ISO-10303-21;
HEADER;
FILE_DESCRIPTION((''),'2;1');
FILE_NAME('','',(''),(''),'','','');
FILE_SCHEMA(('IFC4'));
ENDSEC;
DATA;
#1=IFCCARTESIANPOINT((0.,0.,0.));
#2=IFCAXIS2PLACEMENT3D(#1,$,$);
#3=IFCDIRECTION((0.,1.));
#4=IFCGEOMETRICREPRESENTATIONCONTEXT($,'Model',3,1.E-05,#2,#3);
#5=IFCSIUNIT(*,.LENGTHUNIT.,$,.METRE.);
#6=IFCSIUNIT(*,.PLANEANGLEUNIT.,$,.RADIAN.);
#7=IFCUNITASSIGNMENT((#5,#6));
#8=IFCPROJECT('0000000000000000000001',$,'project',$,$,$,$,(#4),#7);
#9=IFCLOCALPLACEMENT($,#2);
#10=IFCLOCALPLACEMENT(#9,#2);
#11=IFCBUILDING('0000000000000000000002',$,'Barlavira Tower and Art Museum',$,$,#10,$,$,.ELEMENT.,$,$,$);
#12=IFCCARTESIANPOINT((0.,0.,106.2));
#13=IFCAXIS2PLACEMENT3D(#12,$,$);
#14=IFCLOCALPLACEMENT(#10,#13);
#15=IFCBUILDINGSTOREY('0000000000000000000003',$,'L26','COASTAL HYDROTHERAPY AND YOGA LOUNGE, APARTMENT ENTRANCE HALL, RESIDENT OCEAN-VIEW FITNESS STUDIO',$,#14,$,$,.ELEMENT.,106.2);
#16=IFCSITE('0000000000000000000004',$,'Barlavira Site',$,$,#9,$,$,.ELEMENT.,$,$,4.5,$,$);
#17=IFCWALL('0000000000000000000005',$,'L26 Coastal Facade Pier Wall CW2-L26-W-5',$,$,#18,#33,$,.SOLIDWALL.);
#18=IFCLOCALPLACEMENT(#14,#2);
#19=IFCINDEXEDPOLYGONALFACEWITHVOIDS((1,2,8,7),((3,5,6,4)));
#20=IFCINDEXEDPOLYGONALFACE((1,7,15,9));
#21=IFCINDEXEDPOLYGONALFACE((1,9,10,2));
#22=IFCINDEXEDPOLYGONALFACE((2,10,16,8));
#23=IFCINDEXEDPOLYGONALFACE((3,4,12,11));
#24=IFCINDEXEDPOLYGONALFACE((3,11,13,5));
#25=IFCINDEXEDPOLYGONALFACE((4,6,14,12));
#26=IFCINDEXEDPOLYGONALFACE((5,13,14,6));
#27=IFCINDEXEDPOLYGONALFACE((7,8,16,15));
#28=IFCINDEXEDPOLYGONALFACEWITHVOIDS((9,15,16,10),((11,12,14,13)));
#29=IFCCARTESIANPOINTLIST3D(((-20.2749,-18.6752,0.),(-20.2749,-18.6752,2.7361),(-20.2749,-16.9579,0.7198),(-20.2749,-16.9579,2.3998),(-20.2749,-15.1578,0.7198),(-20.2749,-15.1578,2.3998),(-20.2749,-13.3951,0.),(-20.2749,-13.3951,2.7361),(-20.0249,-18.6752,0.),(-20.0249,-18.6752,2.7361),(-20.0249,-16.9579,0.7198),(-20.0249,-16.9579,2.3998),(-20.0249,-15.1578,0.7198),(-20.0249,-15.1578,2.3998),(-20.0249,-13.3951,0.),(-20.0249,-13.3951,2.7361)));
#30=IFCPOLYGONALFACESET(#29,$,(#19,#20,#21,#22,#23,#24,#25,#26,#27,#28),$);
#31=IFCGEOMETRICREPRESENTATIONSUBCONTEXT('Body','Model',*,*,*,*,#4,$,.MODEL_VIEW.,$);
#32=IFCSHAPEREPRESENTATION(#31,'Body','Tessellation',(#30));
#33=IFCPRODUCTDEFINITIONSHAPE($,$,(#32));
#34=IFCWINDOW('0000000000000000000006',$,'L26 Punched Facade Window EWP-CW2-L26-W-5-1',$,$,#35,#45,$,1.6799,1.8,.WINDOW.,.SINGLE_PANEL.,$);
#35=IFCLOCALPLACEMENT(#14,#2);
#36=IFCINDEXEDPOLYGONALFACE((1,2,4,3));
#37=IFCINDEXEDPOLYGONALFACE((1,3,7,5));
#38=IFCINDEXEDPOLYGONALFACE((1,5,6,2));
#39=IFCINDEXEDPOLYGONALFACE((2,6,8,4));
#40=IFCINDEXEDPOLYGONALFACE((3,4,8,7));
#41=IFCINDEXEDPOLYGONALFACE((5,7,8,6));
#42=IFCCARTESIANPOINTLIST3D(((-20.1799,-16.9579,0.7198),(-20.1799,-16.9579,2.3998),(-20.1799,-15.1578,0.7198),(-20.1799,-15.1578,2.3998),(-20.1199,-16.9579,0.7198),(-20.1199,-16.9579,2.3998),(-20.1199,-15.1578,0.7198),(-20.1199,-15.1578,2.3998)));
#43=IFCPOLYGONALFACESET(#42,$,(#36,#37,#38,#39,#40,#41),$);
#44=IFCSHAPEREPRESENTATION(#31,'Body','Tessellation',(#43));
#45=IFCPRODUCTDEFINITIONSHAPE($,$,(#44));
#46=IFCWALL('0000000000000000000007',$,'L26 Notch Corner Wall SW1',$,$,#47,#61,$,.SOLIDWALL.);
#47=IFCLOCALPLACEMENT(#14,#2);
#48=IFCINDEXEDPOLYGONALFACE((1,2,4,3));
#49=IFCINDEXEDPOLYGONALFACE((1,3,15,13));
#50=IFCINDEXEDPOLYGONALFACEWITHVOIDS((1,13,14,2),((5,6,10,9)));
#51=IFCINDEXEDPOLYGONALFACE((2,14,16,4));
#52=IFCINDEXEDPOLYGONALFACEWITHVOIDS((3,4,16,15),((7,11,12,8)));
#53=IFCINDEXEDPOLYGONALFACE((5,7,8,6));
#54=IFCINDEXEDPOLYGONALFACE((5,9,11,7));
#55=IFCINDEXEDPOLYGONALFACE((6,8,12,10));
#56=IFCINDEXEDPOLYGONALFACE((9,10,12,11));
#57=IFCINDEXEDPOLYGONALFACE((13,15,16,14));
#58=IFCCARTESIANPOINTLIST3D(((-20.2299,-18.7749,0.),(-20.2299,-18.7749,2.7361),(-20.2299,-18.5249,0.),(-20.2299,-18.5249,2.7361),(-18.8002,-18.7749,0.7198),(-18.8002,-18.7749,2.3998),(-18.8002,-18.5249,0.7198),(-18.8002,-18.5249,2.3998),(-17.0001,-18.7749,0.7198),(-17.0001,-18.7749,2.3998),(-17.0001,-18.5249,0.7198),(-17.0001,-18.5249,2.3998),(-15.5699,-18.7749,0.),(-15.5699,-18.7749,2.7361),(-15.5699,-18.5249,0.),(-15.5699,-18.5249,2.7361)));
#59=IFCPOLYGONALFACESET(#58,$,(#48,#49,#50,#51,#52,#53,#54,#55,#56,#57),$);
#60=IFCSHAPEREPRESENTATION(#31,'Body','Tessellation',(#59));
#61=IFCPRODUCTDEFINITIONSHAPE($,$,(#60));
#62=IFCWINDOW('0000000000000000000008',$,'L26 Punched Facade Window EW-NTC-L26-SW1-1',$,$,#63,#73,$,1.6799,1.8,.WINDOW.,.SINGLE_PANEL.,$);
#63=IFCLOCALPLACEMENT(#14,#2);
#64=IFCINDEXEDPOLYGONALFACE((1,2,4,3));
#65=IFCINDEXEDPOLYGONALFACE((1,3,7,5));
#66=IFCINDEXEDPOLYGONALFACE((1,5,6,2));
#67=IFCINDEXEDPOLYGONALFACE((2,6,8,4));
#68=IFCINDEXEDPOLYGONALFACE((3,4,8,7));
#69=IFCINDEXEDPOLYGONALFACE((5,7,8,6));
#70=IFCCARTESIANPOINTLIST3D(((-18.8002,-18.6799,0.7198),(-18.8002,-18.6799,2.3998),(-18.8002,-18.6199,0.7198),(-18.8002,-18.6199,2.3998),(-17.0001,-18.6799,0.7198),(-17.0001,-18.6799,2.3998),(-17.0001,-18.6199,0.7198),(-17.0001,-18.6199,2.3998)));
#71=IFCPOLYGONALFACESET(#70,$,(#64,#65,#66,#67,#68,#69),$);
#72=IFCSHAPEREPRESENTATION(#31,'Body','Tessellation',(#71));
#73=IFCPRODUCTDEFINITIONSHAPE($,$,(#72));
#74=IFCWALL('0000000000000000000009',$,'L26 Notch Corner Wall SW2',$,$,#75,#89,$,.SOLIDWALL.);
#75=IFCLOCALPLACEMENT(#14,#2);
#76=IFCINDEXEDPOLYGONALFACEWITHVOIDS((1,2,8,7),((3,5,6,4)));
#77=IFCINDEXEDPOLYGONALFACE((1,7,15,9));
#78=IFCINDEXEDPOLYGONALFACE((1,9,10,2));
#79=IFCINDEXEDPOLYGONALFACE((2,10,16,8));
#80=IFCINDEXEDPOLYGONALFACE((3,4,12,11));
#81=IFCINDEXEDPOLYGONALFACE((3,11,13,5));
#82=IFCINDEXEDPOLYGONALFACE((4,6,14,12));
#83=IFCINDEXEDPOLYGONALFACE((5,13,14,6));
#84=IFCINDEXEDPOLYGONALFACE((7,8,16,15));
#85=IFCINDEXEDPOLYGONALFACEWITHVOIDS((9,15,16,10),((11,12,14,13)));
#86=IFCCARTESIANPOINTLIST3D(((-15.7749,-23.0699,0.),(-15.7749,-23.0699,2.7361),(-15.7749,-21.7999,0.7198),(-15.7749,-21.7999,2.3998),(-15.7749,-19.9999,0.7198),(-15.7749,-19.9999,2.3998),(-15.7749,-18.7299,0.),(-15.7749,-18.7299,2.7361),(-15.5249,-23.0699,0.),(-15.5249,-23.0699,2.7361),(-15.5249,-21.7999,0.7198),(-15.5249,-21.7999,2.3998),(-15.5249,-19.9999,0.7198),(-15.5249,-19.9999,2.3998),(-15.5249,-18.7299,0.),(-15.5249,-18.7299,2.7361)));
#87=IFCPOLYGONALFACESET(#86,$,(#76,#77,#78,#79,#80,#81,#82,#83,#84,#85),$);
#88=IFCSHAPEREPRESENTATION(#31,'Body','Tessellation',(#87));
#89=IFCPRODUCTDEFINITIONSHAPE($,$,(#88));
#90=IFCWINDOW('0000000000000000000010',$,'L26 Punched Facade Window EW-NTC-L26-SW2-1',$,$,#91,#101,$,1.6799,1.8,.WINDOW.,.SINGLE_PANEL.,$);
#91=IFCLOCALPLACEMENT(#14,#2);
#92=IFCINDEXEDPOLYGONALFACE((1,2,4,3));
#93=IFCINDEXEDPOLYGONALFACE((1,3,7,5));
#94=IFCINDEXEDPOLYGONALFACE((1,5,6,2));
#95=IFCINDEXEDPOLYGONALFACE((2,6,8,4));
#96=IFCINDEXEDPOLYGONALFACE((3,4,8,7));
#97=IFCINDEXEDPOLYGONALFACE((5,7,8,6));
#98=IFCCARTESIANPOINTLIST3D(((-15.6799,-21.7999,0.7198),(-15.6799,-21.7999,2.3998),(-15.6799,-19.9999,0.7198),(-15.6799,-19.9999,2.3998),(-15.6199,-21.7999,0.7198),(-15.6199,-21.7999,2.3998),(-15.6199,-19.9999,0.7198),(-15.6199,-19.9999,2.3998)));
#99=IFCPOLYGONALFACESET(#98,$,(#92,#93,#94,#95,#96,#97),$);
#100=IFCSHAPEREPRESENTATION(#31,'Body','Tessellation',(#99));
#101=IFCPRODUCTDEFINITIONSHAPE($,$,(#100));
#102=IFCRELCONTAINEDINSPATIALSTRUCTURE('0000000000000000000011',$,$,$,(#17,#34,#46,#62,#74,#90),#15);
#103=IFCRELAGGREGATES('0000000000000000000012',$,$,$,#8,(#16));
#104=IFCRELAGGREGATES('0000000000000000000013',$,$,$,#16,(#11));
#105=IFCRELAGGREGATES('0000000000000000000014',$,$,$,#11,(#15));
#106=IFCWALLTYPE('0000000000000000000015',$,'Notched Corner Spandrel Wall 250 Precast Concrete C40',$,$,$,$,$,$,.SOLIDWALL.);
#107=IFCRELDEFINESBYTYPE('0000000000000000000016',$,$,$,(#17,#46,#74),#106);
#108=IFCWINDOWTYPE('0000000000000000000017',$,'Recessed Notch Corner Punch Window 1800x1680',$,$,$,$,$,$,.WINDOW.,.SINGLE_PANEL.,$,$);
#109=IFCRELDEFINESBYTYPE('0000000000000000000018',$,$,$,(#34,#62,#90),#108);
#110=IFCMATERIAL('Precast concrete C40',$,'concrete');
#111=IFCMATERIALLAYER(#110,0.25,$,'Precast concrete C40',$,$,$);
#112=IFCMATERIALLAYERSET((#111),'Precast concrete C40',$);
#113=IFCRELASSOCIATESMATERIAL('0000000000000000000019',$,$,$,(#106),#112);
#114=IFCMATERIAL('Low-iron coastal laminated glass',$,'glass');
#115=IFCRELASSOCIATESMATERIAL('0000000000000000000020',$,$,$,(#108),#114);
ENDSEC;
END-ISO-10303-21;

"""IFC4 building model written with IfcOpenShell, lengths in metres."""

from ifc_helpers import new_model, si_unit, direction, frame, frame_2d, origin, place, context, subcontext, project, spatial, rectangle, extrude, material, layer, layer_set, type_object, element, fill, save


model = new_model("IFC4")

# Units and contexts
model_context = context("Model", 3, precision=1e-05, world=origin(), true_north=direction((0.0, 1.0)))
body_context = subcontext(model_context, "Body", "Model", "MODEL_VIEW")
ifc_project = project(units=[si_unit("LENGTHUNIT", "METRE"), si_unit("PLANEANGLEUNIT", "RADIAN")], contexts=[model_context])

# Site, building, storey
site_placement = place(None, origin())
site = spatial("IfcSite", under=ifc_project, at=site_placement, Name="Barlavira Site", CompositionType="ELEMENT", RefElevation=4.5)
building_placement = place(site_placement, origin())
building = spatial("IfcBuilding", under=site, at=building_placement, Name="Barlavira Tower and Art Museum", CompositionType="ELEMENT")
storey_placement = place(building_placement, frame((0.0, 0.0, 106.2)))
storey = spatial("IfcBuildingStorey", under=building, at=storey_placement, Name="L26", Description="COASTAL HYDROTHERAPY AND YOGA LOUNGE, APARTMENT ENTRANCE HALL, RESIDENT OCEAN-VIEW FITNESS STUDIO", CompositionType="ELEMENT", Elevation=106.2)

# Walls, openings, windows
ifc_material_1 = material(Name="Precast concrete C40", Category="concrete")
ifc_layer_1 = layer(ifc_material_1, 0.25, Name="Precast concrete C40")
ifc_layer_set_1 = layer_set([ifc_layer_1], Name="Precast concrete C40")
wall_type_1 = type_object("IfcWallType", Name="Notched Corner Spandrel Wall 250 Precast Concrete C40", PredefinedType="SOLIDWALL", material=ifc_layer_set_1)
ifc_material_2 = material(Name="Low-iron coastal laminated glass", Category="glass")
window_type = type_object("IfcWindowType", Name="Recessed Notch Corner Punch Window 1800x1680", PartitioningType="SINGLE_PANEL", PredefinedType="WINDOW", material=ifc_material_2)
wall_1_placement = place(storey_placement, frame((-20.1499, -13.395, 0.0), z_axis=(0.0, 0.0, 1.0), x_axis=(0.0, -1.0, 0.0)))
wall_1 = element("IfcWall", 1, at=wall_1_placement, inside=storey, type_object=wall_type_1, Name="L26 Coastal Facade Pier Wall CW2-L26-W-5", PredefinedType="SOLIDWALL", context=body_context, shape_type="SweptSolid", body=[
    extrude(rectangle(XDim=5.28, YDim=0.25, at=frame_2d((2.6401, 0.0))), origin(), (0.0, 0.0, 1.0), 2.7361),
])
opening_1_placement = place(wall_1_placement, frame((1.7629, 0.0, 0.72)))
opening_1 = element("IfcOpeningElement", 2, at=opening_1_placement, cuts=wall_1, PredefinedType="OPENING", context=body_context, shape_type="SweptSolid", body=[
    extrude(rectangle(XDim=1.8, YDim=1.6799, at=frame_2d((0.8999, 0.8398))), frame((0.0, 0.135, 0.0), z_axis=(0.0, -1.0, 0.0), x_axis=(1.0, 0.0, 0.0)), (0.0, 0.0, 1.0), 0.27),
])
window_1_placement = place(opening_1_placement, origin())
window_1 = element("IfcWindow", 3, at=window_1_placement, inside=storey, type_object=window_type, Name="L26 Punched Facade Window EWP-CW2-L26-W-5-1", OverallHeight=1.6799, OverallWidth=1.8, PartitioningType="SINGLE_PANEL", PredefinedType="WINDOW", context=body_context, shape_type="SweptSolid", body=[
    extrude(rectangle(XDim=1.8, YDim=1.6799, at=frame_2d((0.8999, 0.8398))), frame((0.0, 0.03, 0.0), z_axis=(0.0, -1.0, 0.0), x_axis=(1.0, 0.0, 0.0)), (0.0, 0.0, 1.0), 0.0601),
])
fill(opening_1, window_1)
wall_2_placement = place(storey_placement, frame((-20.23, -18.6499, 0.0), z_axis=(0.0, 0.0, 1.0), x_axis=(1.0, 0.0, 0.0)))
wall_2 = element("IfcWall", 4, at=wall_2_placement, inside=storey, type_object=wall_type_1, Name="L26 Notch Corner Wall SW1", PredefinedType="SOLIDWALL", context=body_context, shape_type="SweptSolid", body=[
    extrude(rectangle(XDim=4.6599, YDim=0.25, at=frame_2d((2.3301, 0.0))), origin(), (0.0, 0.0, 1.0), 2.7361),
])
opening_2_placement = place(wall_2_placement, frame((1.4299, 0.0, 0.72)))
opening_2 = element("IfcOpeningElement", 5, at=opening_2_placement, cuts=wall_2, PredefinedType="OPENING", context=body_context, shape_type="SweptSolid", body=[
    extrude(rectangle(XDim=1.8, YDim=1.6799, at=frame_2d((0.8999, 0.8398))), frame((0.0, 0.135, 0.0), z_axis=(0.0, -1.0, 0.0), x_axis=(1.0, 0.0, 0.0)), (0.0, 0.0, 1.0), 0.27),
])
window_2_placement = place(opening_2_placement, origin())
window_2 = element("IfcWindow", 6, at=window_2_placement, inside=storey, type_object=window_type, Name="L26 Punched Facade Window EW-NTC-L26-SW1-1", OverallHeight=1.6799, OverallWidth=1.8, PartitioningType="SINGLE_PANEL", PredefinedType="WINDOW", context=body_context, shape_type="SweptSolid", body=[
    extrude(rectangle(XDim=1.8, YDim=1.6799, at=frame_2d((0.8999, 0.8398))), frame((0.0, 0.03, 0.0), z_axis=(0.0, -1.0, 0.0), x_axis=(1.0, 0.0, 0.0)), (0.0, 0.0, 1.0), 0.0601),
])
fill(opening_2, window_2)
wall_3_placement = place(storey_placement, frame((-15.6499, -18.73, 0.0), z_axis=(0.0, 0.0, 1.0), x_axis=(0.0, -1.0, 0.0)))
wall_3 = element("IfcWall", 7, at=wall_3_placement, inside=storey, type_object=wall_type_1, Name="L26 Notch Corner Wall SW2", PredefinedType="SOLIDWALL", context=body_context, shape_type="SweptSolid", body=[
    extrude(rectangle(XDim=4.3401, YDim=0.25, at=frame_2d((2.1699, 0.0))), origin(), (0.0, 0.0, 1.0), 2.7361),
])
opening_3_placement = place(wall_3_placement, frame((1.27, 0.0, 0.72)))
opening_3 = element("IfcOpeningElement", 8, at=opening_3_placement, cuts=wall_3, PredefinedType="OPENING", context=body_context, shape_type="SweptSolid", body=[
    extrude(rectangle(XDim=1.8, YDim=1.6799, at=frame_2d((0.8999, 0.8398))), frame((0.0, 0.135, 0.0), z_axis=(0.0, -1.0, 0.0), x_axis=(1.0, 0.0, 0.0)), (0.0, 0.0, 1.0), 0.27),
])
window_3_placement = place(opening_3_placement, origin())
window_3 = element("IfcWindow", 9, at=window_3_placement, inside=storey, type_object=window_type, Name="L26 Punched Facade Window EW-NTC-L26-SW2-1", OverallHeight=1.6799, OverallWidth=1.8, PartitioningType="SINGLE_PANEL", PredefinedType="WINDOW", context=body_context, shape_type="SweptSolid", body=[
    extrude(rectangle(XDim=1.8, YDim=1.6799, at=frame_2d((0.8999, 0.8398))), frame((0.0, 0.03, 0.0), z_axis=(0.0, -1.0, 0.0), x_axis=(1.0, 0.0, 0.0)), (0.0, 0.0, 1.0), 0.0601),
])
fill(opening_3, window_3)

save(model, "model.ifc")
